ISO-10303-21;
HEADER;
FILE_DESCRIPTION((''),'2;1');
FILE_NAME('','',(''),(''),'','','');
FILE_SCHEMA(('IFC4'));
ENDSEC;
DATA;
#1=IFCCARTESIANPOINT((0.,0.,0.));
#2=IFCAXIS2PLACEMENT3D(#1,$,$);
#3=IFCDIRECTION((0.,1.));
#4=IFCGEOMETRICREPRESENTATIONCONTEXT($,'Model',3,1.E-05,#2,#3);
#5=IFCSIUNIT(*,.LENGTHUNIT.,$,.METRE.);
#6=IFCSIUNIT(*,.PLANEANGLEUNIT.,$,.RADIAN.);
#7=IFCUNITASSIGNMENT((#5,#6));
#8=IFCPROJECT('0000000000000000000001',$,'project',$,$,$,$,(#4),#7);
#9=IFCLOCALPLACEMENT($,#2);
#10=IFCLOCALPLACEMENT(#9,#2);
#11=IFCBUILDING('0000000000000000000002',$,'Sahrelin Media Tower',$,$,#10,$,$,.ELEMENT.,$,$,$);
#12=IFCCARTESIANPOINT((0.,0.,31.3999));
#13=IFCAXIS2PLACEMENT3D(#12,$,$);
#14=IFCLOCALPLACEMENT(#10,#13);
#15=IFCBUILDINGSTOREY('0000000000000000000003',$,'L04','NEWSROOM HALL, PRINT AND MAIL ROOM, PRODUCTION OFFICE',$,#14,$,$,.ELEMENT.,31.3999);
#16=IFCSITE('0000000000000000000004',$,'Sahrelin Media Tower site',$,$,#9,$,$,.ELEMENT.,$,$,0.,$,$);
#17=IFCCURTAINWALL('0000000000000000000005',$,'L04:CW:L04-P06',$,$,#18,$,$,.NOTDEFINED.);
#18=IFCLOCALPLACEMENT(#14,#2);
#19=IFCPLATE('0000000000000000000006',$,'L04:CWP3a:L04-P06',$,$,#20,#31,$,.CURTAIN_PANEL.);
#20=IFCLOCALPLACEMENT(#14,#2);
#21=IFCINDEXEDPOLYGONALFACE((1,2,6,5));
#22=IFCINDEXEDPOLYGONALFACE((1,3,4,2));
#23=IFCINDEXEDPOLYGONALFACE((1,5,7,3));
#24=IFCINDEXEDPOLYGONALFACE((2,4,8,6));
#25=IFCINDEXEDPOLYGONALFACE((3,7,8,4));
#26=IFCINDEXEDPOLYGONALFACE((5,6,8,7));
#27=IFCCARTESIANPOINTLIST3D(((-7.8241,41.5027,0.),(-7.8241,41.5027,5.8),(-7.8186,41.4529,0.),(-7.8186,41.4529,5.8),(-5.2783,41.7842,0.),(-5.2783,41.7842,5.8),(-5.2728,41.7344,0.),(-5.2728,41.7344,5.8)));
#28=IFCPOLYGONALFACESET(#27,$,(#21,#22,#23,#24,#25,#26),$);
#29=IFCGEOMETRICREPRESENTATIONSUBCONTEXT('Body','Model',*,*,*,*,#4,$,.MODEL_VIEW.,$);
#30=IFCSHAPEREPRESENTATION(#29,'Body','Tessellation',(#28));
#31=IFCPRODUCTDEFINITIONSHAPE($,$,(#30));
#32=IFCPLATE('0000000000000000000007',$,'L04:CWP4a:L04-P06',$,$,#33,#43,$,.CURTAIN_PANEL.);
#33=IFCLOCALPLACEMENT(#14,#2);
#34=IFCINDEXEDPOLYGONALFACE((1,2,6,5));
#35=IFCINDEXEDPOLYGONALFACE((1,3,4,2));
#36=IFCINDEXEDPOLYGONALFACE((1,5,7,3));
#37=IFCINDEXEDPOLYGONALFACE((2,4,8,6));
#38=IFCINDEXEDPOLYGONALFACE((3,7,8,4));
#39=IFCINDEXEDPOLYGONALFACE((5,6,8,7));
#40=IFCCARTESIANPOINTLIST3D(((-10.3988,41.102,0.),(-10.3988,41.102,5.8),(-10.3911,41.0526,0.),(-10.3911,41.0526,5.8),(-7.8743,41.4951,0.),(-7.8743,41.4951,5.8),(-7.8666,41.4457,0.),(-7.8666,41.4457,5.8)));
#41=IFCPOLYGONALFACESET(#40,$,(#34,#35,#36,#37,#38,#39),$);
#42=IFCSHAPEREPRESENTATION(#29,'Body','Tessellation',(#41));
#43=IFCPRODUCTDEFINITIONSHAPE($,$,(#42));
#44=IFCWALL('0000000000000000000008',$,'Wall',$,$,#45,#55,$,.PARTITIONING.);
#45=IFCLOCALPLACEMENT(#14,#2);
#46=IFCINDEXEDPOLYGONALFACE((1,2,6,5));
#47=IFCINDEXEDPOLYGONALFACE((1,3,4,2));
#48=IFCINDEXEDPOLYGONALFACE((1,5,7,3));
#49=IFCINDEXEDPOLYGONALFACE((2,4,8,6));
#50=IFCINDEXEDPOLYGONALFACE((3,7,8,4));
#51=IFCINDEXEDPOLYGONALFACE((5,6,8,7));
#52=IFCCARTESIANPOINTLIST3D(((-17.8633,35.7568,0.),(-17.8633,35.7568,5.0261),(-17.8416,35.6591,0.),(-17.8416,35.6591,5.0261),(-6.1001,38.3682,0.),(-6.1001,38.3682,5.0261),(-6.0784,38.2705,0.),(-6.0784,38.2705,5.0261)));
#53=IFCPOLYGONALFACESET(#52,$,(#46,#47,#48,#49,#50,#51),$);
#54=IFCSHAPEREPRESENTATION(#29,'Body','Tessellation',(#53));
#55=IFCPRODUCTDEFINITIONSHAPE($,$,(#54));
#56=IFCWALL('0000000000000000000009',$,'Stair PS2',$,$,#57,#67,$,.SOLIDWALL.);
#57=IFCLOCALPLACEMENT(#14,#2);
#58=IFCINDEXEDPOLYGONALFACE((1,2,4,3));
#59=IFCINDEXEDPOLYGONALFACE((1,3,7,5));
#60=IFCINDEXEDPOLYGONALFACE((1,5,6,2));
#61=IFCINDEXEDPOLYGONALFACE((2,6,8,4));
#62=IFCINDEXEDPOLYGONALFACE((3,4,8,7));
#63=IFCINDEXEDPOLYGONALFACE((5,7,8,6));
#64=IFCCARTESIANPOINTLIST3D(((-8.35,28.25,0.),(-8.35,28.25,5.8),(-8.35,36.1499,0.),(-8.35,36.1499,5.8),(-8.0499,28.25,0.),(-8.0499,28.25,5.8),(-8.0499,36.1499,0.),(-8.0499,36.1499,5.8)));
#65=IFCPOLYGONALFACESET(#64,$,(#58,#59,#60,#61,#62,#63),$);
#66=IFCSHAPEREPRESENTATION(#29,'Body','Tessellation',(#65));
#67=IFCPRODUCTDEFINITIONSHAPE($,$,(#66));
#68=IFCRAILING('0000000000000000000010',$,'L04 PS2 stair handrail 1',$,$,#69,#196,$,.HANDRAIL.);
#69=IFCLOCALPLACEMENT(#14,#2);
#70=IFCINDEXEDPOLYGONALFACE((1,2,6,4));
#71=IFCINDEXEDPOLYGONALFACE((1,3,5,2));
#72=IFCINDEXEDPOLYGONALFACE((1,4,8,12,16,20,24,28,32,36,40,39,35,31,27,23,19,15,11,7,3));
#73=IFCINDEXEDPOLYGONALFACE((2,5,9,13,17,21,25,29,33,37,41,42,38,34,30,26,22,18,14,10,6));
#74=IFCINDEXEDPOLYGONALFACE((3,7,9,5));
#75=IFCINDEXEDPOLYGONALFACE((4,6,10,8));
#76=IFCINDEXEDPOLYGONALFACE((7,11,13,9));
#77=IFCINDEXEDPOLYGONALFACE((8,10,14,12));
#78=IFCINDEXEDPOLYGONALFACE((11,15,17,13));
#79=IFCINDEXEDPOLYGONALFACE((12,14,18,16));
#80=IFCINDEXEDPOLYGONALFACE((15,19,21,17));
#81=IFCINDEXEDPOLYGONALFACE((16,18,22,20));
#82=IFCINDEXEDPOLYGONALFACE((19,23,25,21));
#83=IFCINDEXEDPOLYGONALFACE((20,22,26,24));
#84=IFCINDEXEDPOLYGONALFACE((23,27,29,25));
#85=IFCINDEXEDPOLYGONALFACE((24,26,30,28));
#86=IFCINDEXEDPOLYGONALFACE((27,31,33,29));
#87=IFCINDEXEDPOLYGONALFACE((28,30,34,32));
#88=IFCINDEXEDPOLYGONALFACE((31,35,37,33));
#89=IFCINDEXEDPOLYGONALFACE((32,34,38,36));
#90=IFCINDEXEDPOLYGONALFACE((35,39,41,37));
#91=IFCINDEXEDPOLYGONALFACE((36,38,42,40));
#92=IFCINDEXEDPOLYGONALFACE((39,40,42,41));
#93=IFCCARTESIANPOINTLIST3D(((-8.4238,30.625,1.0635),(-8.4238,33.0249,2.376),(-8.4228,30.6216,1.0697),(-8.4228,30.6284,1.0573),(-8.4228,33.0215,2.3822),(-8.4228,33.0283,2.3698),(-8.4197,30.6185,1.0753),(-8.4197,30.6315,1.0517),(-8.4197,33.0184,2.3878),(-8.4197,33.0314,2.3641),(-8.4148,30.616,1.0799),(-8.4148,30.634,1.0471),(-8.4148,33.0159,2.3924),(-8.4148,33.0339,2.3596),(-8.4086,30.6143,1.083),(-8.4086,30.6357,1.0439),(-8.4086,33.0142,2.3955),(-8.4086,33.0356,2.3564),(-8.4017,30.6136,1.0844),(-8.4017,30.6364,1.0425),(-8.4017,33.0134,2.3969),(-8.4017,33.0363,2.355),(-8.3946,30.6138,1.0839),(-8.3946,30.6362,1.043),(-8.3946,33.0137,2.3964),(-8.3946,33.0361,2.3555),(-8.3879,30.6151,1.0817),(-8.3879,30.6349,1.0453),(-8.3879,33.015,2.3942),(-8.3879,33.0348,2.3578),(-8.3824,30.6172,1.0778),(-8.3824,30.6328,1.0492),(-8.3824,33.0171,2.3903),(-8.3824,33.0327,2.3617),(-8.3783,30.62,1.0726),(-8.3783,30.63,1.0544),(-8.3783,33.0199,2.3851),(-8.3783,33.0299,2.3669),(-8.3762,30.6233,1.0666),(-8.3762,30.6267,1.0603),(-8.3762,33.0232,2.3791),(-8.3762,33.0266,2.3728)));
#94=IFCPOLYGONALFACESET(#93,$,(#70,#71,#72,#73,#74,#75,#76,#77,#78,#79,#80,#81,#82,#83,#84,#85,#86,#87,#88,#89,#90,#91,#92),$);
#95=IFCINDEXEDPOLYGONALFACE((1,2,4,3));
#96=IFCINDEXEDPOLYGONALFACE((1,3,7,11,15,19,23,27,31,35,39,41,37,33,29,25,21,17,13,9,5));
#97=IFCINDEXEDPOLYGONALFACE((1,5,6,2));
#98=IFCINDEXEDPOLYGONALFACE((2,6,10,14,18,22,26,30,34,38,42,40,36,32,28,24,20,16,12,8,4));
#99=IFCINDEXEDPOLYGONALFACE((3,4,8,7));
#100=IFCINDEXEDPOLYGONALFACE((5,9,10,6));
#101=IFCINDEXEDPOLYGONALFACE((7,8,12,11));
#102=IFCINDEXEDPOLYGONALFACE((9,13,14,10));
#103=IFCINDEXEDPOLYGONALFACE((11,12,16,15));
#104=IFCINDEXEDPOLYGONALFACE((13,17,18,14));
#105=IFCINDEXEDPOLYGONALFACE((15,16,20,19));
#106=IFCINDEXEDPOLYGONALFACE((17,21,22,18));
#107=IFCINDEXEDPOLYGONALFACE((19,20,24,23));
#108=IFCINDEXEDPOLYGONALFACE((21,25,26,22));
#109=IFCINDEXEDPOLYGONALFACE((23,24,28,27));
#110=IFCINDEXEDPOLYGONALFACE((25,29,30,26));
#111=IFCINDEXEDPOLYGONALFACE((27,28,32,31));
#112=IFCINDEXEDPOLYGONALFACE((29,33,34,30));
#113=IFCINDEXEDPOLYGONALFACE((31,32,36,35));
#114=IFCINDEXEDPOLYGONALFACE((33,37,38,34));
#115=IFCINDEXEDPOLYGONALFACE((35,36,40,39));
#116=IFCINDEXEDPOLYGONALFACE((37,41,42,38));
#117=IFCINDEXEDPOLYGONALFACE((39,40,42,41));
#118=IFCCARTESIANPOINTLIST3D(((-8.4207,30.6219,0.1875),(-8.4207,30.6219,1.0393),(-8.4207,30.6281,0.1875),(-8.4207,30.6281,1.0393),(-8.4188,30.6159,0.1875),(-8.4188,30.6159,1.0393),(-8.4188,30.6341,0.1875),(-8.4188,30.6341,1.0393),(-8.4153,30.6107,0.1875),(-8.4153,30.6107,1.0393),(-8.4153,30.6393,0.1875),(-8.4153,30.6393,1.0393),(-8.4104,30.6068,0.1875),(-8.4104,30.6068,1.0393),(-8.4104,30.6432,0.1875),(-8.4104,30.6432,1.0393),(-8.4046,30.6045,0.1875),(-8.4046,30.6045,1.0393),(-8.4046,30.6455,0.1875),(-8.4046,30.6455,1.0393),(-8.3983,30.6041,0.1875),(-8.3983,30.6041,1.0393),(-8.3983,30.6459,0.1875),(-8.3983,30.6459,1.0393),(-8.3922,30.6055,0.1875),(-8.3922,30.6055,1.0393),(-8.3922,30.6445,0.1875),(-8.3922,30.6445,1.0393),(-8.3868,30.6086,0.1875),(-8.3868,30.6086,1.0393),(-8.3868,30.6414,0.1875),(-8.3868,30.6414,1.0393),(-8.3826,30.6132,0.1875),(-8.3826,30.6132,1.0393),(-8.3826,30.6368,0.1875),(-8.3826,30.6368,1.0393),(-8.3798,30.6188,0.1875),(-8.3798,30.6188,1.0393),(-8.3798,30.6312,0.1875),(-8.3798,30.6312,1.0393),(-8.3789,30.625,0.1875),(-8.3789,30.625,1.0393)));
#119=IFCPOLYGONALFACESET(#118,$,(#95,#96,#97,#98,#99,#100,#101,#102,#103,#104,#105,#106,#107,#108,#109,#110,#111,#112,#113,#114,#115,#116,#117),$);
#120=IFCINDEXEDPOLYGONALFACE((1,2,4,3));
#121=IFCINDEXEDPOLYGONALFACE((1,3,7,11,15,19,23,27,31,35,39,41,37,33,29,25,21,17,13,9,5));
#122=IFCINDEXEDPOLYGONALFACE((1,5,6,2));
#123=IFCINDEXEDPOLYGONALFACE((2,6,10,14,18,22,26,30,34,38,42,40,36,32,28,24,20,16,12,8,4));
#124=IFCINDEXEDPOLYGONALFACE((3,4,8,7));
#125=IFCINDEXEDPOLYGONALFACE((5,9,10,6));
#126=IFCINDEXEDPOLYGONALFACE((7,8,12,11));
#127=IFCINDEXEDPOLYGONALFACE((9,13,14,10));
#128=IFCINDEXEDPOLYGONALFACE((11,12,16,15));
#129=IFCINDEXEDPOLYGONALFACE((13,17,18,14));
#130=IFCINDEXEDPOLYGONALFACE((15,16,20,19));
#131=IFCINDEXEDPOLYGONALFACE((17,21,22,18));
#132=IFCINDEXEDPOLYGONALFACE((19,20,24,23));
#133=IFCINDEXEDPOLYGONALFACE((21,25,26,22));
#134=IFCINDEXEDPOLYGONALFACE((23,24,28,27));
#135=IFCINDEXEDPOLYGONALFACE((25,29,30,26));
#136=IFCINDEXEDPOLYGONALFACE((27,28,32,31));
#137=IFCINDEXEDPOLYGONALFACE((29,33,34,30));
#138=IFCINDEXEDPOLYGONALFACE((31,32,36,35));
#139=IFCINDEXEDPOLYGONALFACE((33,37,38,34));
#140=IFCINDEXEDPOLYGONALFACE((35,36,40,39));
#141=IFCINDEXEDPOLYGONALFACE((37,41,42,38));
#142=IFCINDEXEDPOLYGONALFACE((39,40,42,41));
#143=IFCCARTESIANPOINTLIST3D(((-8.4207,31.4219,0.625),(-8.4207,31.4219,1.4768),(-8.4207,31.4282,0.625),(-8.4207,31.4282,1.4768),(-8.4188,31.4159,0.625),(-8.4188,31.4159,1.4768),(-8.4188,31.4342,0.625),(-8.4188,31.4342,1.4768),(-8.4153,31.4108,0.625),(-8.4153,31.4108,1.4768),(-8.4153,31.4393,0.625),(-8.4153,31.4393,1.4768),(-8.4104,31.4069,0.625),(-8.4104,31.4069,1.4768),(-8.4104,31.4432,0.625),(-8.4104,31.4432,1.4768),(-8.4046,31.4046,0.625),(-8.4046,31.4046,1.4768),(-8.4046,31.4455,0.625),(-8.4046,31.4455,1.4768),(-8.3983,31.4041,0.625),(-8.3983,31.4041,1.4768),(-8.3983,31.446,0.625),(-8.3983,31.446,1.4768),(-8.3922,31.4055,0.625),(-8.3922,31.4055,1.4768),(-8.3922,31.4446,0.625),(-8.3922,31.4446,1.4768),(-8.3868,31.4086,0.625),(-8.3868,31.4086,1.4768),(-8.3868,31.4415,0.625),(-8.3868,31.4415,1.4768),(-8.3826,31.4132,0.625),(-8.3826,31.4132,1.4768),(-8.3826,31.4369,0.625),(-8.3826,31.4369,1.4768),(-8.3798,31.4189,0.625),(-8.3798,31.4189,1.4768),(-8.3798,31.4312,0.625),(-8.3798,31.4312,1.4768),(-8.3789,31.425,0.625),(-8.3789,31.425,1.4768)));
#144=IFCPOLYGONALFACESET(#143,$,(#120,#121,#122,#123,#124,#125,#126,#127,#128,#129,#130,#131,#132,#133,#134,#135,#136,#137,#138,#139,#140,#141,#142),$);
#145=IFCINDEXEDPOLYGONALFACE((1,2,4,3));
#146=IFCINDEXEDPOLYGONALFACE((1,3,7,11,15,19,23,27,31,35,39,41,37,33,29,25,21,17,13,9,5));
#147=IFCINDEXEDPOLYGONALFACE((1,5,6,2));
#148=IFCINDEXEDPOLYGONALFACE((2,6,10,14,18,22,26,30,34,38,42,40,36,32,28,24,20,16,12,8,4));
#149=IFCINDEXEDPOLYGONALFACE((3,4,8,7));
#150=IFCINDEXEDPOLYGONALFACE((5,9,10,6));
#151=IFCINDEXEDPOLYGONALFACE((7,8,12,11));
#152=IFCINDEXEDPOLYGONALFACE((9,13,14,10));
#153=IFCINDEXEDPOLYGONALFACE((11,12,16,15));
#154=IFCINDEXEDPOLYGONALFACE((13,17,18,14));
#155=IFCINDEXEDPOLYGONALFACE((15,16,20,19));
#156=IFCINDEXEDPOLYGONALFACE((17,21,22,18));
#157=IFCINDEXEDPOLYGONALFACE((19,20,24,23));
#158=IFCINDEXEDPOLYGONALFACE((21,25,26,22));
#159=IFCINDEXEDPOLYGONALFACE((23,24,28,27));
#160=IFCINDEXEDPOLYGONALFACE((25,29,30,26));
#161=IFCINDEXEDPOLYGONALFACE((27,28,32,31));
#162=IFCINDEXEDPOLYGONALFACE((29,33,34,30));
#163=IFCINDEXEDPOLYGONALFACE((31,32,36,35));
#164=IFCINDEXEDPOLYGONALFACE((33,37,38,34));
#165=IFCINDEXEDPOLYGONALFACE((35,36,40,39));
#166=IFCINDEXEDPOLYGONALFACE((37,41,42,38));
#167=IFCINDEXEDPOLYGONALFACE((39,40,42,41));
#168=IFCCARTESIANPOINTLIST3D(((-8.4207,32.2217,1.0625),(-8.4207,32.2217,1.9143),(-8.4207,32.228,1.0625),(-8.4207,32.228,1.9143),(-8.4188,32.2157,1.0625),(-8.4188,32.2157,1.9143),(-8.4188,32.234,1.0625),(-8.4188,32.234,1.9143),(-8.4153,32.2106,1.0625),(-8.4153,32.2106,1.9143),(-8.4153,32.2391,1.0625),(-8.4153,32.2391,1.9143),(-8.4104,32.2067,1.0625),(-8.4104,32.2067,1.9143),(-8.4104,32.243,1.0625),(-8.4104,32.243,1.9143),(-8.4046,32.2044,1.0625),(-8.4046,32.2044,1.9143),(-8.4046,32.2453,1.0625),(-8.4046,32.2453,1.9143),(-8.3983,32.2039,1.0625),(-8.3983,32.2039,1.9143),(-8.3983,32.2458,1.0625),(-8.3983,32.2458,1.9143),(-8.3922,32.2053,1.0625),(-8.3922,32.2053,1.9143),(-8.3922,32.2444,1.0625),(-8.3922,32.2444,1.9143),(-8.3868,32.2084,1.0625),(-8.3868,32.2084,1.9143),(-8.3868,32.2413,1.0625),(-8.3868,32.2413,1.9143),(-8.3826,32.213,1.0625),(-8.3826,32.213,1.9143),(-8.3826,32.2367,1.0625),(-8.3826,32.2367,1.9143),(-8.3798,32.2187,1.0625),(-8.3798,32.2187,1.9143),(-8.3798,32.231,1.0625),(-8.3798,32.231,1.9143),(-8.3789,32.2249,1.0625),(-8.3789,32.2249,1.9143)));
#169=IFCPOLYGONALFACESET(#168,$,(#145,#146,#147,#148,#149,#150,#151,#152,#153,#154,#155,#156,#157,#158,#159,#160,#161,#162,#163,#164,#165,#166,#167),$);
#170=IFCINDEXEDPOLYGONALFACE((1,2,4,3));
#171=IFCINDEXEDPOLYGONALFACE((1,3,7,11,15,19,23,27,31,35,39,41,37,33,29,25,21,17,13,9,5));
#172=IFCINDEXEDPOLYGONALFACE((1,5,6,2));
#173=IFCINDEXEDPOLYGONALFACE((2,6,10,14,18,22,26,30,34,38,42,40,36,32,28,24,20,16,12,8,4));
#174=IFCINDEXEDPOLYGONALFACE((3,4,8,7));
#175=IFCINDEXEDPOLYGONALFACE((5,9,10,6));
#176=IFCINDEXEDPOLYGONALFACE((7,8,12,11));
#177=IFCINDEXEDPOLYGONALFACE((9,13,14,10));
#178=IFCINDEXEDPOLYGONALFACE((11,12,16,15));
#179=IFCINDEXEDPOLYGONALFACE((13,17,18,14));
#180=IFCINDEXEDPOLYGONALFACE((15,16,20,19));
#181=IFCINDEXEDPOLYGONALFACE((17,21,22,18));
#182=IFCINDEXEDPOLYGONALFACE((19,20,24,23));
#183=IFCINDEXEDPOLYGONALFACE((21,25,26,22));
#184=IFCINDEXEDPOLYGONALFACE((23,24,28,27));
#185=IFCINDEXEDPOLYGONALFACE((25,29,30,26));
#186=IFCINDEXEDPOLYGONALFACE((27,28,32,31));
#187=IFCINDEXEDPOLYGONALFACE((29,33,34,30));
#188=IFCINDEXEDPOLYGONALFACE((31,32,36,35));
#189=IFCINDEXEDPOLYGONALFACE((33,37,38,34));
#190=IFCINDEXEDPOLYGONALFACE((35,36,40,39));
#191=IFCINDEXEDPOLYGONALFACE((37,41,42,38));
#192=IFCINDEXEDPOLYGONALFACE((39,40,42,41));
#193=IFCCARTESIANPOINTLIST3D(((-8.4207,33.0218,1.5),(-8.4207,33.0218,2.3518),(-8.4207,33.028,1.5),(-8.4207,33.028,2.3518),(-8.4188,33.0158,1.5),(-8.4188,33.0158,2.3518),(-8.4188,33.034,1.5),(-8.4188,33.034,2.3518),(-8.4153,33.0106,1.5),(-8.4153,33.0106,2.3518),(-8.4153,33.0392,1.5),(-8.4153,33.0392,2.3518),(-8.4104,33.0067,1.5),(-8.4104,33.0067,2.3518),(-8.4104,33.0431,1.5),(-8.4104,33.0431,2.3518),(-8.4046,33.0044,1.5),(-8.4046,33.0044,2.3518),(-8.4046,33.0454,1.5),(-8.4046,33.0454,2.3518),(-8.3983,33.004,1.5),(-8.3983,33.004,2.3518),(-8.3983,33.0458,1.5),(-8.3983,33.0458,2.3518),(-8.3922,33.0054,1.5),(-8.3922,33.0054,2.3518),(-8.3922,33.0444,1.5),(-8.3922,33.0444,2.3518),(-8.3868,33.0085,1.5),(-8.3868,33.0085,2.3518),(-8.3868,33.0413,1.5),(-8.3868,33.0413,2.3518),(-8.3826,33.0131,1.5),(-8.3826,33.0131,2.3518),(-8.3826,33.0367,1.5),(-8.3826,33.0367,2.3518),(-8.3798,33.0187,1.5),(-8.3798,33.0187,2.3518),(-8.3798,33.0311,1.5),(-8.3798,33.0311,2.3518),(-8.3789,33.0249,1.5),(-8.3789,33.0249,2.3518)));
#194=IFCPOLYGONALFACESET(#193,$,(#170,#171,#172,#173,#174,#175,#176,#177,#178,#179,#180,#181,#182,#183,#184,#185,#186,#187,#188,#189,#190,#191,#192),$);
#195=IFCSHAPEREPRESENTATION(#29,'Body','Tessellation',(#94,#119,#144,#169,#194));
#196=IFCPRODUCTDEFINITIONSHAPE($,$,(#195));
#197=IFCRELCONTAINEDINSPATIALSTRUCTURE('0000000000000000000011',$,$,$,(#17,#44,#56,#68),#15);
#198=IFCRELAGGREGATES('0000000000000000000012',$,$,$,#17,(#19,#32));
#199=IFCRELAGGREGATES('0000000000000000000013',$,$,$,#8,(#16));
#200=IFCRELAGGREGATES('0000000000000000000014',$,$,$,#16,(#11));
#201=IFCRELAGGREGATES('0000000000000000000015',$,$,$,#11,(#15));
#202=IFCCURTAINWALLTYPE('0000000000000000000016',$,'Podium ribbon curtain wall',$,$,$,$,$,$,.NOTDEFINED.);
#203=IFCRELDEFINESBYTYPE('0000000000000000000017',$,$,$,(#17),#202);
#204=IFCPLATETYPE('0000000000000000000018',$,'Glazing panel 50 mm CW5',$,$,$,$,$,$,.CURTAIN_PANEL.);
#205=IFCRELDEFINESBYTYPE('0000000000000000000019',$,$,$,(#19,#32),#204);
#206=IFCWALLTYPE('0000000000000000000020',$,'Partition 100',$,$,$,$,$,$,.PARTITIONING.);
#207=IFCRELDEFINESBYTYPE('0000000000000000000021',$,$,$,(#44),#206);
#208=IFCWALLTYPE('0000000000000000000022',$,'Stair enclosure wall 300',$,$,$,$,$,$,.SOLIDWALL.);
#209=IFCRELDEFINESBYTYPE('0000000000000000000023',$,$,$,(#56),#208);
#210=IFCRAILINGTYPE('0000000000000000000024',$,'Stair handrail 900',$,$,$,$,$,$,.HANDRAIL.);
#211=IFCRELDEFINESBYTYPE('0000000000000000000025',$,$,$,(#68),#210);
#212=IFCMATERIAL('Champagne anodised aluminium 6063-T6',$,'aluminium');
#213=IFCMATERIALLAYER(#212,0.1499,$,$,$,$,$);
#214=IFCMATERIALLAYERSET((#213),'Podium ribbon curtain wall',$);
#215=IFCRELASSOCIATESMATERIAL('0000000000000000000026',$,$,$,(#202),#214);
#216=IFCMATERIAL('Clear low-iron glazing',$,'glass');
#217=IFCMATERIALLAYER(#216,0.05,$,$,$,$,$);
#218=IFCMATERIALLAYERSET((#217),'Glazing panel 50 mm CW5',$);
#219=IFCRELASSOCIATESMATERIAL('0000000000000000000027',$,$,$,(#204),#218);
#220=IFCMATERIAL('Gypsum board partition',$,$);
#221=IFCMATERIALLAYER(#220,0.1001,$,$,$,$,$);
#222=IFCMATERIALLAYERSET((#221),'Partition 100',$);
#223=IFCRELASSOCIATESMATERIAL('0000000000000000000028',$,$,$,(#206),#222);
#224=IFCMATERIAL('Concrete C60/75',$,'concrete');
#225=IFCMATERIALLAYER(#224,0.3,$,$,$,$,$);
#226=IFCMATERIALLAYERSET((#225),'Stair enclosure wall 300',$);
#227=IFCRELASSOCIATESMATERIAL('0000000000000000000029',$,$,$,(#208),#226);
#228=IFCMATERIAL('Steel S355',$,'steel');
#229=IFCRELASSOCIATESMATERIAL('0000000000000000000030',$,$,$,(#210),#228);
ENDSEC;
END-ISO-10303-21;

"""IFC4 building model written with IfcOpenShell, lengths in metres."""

from ifc_helpers import new_model, si_unit, direction, frame, frame_2d, origin, origin_2d, place, context, subcontext, project, spatial, polyline, rectangle, circle, outline, extrude, material, layer, layer_set, type_object, element, aggregate, save


model = new_model("IFC4")

# Units and contexts
model_context = context("Model", 3, precision=1e-05, world=origin(), true_north=direction((0.0, 1.0)))
body_context = subcontext(model_context, "Body", "Model", "MODEL_VIEW")
ifc_project = project(units=[si_unit("LENGTHUNIT", "METRE"), si_unit("PLANEANGLEUNIT", "RADIAN")], contexts=[model_context])

# Site, building, storey
site_placement = place(None, origin())
site = spatial("IfcSite", under=ifc_project, at=site_placement, Name="Sahrelin Media Tower site", CompositionType="ELEMENT", RefElevation=0.0)
building_placement = place(site_placement, origin())
building = spatial("IfcBuilding", under=site, at=building_placement, Name="Sahrelin Media Tower", CompositionType="ELEMENT")
storey_placement = place(building_placement, frame((0.0, 0.0, 31.3999)))
storey = spatial("IfcBuildingStorey", under=building, at=storey_placement, Name="L04", Description="NEWSROOM HALL, PRINT AND MAIL ROOM, PRODUCTION OFFICE", CompositionType="ELEMENT", Elevation=31.3999)

# Shared definitions
ifc_material_1 = material(Name="Steel S355", Category="steel")

# Curtain wall
ifc_material_2 = material(Name="Champagne anodised aluminium 6063-T6", Category="aluminium")
ifc_layer_1 = layer(ifc_material_2, 0.1499)
ifc_layer_set_1 = layer_set([ifc_layer_1], Name="Podium ribbon curtain wall")
curtain_wall_type = type_object("IfcCurtainWallType", Name="Podium ribbon curtain wall", PredefinedType="NOTDEFINED", material=ifc_layer_set_1)
curtain_wall_placement = place(storey_placement, frame((0.0, 42.0, 0.0), z_axis=(0.0, 0.0, 1.0), x_axis=(1.0, 0.0, 0.0)))
curtain_wall = element("IfcCurtainWall", 1, at=curtain_wall_placement, inside=storey, type_object=curtain_wall_type, Name="L04:CW:L04-P06", PredefinedType="NOTDEFINED")

# Plates
ifc_material_3 = material(Name="Clear low-iron glazing", Category="glass")
ifc_layer_2 = layer(ifc_material_3, 0.05)
ifc_layer_set_2 = layer_set([ifc_layer_2], Name="Glazing panel 50 mm CW5")
plate_type = type_object("IfcPlateType", Name="Glazing panel 50 mm CW5", PredefinedType="CURTAIN_PANEL", material=ifc_layer_set_2)
plate_1_placement = place(storey_placement, frame((-5.2783, 41.7842, 0.0), z_axis=(-0.109908, 0.993942, 0.0), x_axis=(-0.993942, -0.109908, 0.0)))
plate_1 = element("IfcPlate", 2, at=plate_1_placement, type_object=plate_type, Name="L04:CWP3a:L04-P06", PredefinedType="CURTAIN_PANEL", context=body_context, shape_type="SweptSolid", body=[
    extrude(outline(polyline([(0.0, 0.0), (2.5613, 0.0), (2.5613, 5.8), (0.0, 5.8), (0.0, 0.0)])), origin(), (0.0, 0.0, -1.0), 0.05),
])
plate_2_placement = place(storey_placement, frame((-7.8743, 41.4951, 0.0), z_axis=(-0.153852, 0.988094, 0.0), x_axis=(-0.988094, -0.153852, 0.0)))
plate_2 = element("IfcPlate", 3, at=plate_2_placement, type_object=plate_type, Name="L04:CWP4a:L04-P06", PredefinedType="CURTAIN_PANEL", context=body_context, shape_type="SweptSolid", body=[
    extrude(outline(polyline([(0.0, 0.0), (2.5549, 0.0), (2.5549, 5.8), (0.0, 5.8), (0.0, 0.0)])), origin(), (0.0, 0.0, -1.0), 0.05),
])
aggregate(curtain_wall, [plate_1, plate_2])

# Wall
ifc_material_4 = material(Name="Gypsum board partition")
ifc_layer_3 = layer(ifc_material_4, 0.1001)
ifc_layer_set_3 = layer_set([ifc_layer_3], Name="Partition 100")
wall_type_1 = type_object("IfcWallType", Name="Partition 100", PredefinedType="PARTITIONING", material=ifc_layer_set_3)
wall_1_placement = place(storey_placement, frame((-6.0891, 38.3193, 0.0), z_axis=(0.0, 0.0, 1.0), x_axis=(-0.976235, -0.216716, 0.0)))
element("IfcWall", 4, at=wall_1_placement, inside=storey, type_object=wall_type_1, Name="Wall", PredefinedType="PARTITIONING", context=body_context, shape_type="SweptSolid", body=[
    extrude(rectangle(XDim=12.0496, YDim=0.1001, at=frame_2d((6.0249, 0.0))), origin(), (0.0, 0.0, 1.0), 5.0261),
])

# Shared definitions
ifc_material_5 = material(Name="Concrete C60/75", Category="concrete")
ifc_layer_4 = layer(ifc_material_5, 0.3)
ifc_layer_set_4 = layer_set([ifc_layer_4], Name="Stair enclosure wall 300")
wall_type_2 = type_object("IfcWallType", Name="Stair enclosure wall 300", PredefinedType="SOLIDWALL", material=ifc_layer_set_4)

# Wall
wall_2_placement = place(storey_placement, frame((-8.2, 36.1499, 0.0), z_axis=(0.0, 0.0, 1.0), x_axis=(0.0, -1.0, 0.0)))
element("IfcWall", 5, at=wall_2_placement, inside=storey, type_object=wall_type_2, Name="Stair PS2", PredefinedType="SOLIDWALL", context=body_context, shape_type="SweptSolid", body=[
    extrude(rectangle(XDim=7.8999, YDim=0.3, at=frame_2d((3.95, 0.0))), origin(), (0.0, 0.0, 1.0), 5.8),
])

# Railing
railing_type = type_object("IfcRailingType", Name="Stair handrail 900", PredefinedType="HANDRAIL", material=ifc_material_1)
for number, where, name in (
    (6, (-8.3999, 30.625, 0.1875), "L04 PS2 stair handrail 1"),
):
    element("IfcRailing", number, at=place(storey_placement, frame(where)), inside=storey, type_object=railing_type, Name=name, PredefinedType="HANDRAIL", context=body_context, shape_type="SweptSolid", body=[
        extrude(circle(Radius=0.0239, at=origin_2d()), frame((0.0, 0.0, 0.876), z_axis=(0.0, 0.877363, 0.479827), x_axis=(-1.0, 0.0, 0.0)), (0.0, 0.0, 1.0), 2.7354),
        extrude(circle(Radius=0.021, at=origin_2d()), origin(), (0.0, 0.0, 1.0), 0.8518),
        extrude(circle(Radius=0.021, at=origin_2d()), frame((0.0, 0.8, 0.4375)), (0.0, 0.0, 1.0), 0.8518),
        extrude(circle(Radius=0.021, at=origin_2d()), frame((0.0, 1.5999, 0.875)), (0.0, 0.0, 1.0), 0.8518),
        extrude(circle(Radius=0.021, at=origin_2d()), frame((0.0, 2.3999, 1.3125)), (0.0, 0.0, 1.0), 0.8518),
    ])

save(model, "model.ifc")
